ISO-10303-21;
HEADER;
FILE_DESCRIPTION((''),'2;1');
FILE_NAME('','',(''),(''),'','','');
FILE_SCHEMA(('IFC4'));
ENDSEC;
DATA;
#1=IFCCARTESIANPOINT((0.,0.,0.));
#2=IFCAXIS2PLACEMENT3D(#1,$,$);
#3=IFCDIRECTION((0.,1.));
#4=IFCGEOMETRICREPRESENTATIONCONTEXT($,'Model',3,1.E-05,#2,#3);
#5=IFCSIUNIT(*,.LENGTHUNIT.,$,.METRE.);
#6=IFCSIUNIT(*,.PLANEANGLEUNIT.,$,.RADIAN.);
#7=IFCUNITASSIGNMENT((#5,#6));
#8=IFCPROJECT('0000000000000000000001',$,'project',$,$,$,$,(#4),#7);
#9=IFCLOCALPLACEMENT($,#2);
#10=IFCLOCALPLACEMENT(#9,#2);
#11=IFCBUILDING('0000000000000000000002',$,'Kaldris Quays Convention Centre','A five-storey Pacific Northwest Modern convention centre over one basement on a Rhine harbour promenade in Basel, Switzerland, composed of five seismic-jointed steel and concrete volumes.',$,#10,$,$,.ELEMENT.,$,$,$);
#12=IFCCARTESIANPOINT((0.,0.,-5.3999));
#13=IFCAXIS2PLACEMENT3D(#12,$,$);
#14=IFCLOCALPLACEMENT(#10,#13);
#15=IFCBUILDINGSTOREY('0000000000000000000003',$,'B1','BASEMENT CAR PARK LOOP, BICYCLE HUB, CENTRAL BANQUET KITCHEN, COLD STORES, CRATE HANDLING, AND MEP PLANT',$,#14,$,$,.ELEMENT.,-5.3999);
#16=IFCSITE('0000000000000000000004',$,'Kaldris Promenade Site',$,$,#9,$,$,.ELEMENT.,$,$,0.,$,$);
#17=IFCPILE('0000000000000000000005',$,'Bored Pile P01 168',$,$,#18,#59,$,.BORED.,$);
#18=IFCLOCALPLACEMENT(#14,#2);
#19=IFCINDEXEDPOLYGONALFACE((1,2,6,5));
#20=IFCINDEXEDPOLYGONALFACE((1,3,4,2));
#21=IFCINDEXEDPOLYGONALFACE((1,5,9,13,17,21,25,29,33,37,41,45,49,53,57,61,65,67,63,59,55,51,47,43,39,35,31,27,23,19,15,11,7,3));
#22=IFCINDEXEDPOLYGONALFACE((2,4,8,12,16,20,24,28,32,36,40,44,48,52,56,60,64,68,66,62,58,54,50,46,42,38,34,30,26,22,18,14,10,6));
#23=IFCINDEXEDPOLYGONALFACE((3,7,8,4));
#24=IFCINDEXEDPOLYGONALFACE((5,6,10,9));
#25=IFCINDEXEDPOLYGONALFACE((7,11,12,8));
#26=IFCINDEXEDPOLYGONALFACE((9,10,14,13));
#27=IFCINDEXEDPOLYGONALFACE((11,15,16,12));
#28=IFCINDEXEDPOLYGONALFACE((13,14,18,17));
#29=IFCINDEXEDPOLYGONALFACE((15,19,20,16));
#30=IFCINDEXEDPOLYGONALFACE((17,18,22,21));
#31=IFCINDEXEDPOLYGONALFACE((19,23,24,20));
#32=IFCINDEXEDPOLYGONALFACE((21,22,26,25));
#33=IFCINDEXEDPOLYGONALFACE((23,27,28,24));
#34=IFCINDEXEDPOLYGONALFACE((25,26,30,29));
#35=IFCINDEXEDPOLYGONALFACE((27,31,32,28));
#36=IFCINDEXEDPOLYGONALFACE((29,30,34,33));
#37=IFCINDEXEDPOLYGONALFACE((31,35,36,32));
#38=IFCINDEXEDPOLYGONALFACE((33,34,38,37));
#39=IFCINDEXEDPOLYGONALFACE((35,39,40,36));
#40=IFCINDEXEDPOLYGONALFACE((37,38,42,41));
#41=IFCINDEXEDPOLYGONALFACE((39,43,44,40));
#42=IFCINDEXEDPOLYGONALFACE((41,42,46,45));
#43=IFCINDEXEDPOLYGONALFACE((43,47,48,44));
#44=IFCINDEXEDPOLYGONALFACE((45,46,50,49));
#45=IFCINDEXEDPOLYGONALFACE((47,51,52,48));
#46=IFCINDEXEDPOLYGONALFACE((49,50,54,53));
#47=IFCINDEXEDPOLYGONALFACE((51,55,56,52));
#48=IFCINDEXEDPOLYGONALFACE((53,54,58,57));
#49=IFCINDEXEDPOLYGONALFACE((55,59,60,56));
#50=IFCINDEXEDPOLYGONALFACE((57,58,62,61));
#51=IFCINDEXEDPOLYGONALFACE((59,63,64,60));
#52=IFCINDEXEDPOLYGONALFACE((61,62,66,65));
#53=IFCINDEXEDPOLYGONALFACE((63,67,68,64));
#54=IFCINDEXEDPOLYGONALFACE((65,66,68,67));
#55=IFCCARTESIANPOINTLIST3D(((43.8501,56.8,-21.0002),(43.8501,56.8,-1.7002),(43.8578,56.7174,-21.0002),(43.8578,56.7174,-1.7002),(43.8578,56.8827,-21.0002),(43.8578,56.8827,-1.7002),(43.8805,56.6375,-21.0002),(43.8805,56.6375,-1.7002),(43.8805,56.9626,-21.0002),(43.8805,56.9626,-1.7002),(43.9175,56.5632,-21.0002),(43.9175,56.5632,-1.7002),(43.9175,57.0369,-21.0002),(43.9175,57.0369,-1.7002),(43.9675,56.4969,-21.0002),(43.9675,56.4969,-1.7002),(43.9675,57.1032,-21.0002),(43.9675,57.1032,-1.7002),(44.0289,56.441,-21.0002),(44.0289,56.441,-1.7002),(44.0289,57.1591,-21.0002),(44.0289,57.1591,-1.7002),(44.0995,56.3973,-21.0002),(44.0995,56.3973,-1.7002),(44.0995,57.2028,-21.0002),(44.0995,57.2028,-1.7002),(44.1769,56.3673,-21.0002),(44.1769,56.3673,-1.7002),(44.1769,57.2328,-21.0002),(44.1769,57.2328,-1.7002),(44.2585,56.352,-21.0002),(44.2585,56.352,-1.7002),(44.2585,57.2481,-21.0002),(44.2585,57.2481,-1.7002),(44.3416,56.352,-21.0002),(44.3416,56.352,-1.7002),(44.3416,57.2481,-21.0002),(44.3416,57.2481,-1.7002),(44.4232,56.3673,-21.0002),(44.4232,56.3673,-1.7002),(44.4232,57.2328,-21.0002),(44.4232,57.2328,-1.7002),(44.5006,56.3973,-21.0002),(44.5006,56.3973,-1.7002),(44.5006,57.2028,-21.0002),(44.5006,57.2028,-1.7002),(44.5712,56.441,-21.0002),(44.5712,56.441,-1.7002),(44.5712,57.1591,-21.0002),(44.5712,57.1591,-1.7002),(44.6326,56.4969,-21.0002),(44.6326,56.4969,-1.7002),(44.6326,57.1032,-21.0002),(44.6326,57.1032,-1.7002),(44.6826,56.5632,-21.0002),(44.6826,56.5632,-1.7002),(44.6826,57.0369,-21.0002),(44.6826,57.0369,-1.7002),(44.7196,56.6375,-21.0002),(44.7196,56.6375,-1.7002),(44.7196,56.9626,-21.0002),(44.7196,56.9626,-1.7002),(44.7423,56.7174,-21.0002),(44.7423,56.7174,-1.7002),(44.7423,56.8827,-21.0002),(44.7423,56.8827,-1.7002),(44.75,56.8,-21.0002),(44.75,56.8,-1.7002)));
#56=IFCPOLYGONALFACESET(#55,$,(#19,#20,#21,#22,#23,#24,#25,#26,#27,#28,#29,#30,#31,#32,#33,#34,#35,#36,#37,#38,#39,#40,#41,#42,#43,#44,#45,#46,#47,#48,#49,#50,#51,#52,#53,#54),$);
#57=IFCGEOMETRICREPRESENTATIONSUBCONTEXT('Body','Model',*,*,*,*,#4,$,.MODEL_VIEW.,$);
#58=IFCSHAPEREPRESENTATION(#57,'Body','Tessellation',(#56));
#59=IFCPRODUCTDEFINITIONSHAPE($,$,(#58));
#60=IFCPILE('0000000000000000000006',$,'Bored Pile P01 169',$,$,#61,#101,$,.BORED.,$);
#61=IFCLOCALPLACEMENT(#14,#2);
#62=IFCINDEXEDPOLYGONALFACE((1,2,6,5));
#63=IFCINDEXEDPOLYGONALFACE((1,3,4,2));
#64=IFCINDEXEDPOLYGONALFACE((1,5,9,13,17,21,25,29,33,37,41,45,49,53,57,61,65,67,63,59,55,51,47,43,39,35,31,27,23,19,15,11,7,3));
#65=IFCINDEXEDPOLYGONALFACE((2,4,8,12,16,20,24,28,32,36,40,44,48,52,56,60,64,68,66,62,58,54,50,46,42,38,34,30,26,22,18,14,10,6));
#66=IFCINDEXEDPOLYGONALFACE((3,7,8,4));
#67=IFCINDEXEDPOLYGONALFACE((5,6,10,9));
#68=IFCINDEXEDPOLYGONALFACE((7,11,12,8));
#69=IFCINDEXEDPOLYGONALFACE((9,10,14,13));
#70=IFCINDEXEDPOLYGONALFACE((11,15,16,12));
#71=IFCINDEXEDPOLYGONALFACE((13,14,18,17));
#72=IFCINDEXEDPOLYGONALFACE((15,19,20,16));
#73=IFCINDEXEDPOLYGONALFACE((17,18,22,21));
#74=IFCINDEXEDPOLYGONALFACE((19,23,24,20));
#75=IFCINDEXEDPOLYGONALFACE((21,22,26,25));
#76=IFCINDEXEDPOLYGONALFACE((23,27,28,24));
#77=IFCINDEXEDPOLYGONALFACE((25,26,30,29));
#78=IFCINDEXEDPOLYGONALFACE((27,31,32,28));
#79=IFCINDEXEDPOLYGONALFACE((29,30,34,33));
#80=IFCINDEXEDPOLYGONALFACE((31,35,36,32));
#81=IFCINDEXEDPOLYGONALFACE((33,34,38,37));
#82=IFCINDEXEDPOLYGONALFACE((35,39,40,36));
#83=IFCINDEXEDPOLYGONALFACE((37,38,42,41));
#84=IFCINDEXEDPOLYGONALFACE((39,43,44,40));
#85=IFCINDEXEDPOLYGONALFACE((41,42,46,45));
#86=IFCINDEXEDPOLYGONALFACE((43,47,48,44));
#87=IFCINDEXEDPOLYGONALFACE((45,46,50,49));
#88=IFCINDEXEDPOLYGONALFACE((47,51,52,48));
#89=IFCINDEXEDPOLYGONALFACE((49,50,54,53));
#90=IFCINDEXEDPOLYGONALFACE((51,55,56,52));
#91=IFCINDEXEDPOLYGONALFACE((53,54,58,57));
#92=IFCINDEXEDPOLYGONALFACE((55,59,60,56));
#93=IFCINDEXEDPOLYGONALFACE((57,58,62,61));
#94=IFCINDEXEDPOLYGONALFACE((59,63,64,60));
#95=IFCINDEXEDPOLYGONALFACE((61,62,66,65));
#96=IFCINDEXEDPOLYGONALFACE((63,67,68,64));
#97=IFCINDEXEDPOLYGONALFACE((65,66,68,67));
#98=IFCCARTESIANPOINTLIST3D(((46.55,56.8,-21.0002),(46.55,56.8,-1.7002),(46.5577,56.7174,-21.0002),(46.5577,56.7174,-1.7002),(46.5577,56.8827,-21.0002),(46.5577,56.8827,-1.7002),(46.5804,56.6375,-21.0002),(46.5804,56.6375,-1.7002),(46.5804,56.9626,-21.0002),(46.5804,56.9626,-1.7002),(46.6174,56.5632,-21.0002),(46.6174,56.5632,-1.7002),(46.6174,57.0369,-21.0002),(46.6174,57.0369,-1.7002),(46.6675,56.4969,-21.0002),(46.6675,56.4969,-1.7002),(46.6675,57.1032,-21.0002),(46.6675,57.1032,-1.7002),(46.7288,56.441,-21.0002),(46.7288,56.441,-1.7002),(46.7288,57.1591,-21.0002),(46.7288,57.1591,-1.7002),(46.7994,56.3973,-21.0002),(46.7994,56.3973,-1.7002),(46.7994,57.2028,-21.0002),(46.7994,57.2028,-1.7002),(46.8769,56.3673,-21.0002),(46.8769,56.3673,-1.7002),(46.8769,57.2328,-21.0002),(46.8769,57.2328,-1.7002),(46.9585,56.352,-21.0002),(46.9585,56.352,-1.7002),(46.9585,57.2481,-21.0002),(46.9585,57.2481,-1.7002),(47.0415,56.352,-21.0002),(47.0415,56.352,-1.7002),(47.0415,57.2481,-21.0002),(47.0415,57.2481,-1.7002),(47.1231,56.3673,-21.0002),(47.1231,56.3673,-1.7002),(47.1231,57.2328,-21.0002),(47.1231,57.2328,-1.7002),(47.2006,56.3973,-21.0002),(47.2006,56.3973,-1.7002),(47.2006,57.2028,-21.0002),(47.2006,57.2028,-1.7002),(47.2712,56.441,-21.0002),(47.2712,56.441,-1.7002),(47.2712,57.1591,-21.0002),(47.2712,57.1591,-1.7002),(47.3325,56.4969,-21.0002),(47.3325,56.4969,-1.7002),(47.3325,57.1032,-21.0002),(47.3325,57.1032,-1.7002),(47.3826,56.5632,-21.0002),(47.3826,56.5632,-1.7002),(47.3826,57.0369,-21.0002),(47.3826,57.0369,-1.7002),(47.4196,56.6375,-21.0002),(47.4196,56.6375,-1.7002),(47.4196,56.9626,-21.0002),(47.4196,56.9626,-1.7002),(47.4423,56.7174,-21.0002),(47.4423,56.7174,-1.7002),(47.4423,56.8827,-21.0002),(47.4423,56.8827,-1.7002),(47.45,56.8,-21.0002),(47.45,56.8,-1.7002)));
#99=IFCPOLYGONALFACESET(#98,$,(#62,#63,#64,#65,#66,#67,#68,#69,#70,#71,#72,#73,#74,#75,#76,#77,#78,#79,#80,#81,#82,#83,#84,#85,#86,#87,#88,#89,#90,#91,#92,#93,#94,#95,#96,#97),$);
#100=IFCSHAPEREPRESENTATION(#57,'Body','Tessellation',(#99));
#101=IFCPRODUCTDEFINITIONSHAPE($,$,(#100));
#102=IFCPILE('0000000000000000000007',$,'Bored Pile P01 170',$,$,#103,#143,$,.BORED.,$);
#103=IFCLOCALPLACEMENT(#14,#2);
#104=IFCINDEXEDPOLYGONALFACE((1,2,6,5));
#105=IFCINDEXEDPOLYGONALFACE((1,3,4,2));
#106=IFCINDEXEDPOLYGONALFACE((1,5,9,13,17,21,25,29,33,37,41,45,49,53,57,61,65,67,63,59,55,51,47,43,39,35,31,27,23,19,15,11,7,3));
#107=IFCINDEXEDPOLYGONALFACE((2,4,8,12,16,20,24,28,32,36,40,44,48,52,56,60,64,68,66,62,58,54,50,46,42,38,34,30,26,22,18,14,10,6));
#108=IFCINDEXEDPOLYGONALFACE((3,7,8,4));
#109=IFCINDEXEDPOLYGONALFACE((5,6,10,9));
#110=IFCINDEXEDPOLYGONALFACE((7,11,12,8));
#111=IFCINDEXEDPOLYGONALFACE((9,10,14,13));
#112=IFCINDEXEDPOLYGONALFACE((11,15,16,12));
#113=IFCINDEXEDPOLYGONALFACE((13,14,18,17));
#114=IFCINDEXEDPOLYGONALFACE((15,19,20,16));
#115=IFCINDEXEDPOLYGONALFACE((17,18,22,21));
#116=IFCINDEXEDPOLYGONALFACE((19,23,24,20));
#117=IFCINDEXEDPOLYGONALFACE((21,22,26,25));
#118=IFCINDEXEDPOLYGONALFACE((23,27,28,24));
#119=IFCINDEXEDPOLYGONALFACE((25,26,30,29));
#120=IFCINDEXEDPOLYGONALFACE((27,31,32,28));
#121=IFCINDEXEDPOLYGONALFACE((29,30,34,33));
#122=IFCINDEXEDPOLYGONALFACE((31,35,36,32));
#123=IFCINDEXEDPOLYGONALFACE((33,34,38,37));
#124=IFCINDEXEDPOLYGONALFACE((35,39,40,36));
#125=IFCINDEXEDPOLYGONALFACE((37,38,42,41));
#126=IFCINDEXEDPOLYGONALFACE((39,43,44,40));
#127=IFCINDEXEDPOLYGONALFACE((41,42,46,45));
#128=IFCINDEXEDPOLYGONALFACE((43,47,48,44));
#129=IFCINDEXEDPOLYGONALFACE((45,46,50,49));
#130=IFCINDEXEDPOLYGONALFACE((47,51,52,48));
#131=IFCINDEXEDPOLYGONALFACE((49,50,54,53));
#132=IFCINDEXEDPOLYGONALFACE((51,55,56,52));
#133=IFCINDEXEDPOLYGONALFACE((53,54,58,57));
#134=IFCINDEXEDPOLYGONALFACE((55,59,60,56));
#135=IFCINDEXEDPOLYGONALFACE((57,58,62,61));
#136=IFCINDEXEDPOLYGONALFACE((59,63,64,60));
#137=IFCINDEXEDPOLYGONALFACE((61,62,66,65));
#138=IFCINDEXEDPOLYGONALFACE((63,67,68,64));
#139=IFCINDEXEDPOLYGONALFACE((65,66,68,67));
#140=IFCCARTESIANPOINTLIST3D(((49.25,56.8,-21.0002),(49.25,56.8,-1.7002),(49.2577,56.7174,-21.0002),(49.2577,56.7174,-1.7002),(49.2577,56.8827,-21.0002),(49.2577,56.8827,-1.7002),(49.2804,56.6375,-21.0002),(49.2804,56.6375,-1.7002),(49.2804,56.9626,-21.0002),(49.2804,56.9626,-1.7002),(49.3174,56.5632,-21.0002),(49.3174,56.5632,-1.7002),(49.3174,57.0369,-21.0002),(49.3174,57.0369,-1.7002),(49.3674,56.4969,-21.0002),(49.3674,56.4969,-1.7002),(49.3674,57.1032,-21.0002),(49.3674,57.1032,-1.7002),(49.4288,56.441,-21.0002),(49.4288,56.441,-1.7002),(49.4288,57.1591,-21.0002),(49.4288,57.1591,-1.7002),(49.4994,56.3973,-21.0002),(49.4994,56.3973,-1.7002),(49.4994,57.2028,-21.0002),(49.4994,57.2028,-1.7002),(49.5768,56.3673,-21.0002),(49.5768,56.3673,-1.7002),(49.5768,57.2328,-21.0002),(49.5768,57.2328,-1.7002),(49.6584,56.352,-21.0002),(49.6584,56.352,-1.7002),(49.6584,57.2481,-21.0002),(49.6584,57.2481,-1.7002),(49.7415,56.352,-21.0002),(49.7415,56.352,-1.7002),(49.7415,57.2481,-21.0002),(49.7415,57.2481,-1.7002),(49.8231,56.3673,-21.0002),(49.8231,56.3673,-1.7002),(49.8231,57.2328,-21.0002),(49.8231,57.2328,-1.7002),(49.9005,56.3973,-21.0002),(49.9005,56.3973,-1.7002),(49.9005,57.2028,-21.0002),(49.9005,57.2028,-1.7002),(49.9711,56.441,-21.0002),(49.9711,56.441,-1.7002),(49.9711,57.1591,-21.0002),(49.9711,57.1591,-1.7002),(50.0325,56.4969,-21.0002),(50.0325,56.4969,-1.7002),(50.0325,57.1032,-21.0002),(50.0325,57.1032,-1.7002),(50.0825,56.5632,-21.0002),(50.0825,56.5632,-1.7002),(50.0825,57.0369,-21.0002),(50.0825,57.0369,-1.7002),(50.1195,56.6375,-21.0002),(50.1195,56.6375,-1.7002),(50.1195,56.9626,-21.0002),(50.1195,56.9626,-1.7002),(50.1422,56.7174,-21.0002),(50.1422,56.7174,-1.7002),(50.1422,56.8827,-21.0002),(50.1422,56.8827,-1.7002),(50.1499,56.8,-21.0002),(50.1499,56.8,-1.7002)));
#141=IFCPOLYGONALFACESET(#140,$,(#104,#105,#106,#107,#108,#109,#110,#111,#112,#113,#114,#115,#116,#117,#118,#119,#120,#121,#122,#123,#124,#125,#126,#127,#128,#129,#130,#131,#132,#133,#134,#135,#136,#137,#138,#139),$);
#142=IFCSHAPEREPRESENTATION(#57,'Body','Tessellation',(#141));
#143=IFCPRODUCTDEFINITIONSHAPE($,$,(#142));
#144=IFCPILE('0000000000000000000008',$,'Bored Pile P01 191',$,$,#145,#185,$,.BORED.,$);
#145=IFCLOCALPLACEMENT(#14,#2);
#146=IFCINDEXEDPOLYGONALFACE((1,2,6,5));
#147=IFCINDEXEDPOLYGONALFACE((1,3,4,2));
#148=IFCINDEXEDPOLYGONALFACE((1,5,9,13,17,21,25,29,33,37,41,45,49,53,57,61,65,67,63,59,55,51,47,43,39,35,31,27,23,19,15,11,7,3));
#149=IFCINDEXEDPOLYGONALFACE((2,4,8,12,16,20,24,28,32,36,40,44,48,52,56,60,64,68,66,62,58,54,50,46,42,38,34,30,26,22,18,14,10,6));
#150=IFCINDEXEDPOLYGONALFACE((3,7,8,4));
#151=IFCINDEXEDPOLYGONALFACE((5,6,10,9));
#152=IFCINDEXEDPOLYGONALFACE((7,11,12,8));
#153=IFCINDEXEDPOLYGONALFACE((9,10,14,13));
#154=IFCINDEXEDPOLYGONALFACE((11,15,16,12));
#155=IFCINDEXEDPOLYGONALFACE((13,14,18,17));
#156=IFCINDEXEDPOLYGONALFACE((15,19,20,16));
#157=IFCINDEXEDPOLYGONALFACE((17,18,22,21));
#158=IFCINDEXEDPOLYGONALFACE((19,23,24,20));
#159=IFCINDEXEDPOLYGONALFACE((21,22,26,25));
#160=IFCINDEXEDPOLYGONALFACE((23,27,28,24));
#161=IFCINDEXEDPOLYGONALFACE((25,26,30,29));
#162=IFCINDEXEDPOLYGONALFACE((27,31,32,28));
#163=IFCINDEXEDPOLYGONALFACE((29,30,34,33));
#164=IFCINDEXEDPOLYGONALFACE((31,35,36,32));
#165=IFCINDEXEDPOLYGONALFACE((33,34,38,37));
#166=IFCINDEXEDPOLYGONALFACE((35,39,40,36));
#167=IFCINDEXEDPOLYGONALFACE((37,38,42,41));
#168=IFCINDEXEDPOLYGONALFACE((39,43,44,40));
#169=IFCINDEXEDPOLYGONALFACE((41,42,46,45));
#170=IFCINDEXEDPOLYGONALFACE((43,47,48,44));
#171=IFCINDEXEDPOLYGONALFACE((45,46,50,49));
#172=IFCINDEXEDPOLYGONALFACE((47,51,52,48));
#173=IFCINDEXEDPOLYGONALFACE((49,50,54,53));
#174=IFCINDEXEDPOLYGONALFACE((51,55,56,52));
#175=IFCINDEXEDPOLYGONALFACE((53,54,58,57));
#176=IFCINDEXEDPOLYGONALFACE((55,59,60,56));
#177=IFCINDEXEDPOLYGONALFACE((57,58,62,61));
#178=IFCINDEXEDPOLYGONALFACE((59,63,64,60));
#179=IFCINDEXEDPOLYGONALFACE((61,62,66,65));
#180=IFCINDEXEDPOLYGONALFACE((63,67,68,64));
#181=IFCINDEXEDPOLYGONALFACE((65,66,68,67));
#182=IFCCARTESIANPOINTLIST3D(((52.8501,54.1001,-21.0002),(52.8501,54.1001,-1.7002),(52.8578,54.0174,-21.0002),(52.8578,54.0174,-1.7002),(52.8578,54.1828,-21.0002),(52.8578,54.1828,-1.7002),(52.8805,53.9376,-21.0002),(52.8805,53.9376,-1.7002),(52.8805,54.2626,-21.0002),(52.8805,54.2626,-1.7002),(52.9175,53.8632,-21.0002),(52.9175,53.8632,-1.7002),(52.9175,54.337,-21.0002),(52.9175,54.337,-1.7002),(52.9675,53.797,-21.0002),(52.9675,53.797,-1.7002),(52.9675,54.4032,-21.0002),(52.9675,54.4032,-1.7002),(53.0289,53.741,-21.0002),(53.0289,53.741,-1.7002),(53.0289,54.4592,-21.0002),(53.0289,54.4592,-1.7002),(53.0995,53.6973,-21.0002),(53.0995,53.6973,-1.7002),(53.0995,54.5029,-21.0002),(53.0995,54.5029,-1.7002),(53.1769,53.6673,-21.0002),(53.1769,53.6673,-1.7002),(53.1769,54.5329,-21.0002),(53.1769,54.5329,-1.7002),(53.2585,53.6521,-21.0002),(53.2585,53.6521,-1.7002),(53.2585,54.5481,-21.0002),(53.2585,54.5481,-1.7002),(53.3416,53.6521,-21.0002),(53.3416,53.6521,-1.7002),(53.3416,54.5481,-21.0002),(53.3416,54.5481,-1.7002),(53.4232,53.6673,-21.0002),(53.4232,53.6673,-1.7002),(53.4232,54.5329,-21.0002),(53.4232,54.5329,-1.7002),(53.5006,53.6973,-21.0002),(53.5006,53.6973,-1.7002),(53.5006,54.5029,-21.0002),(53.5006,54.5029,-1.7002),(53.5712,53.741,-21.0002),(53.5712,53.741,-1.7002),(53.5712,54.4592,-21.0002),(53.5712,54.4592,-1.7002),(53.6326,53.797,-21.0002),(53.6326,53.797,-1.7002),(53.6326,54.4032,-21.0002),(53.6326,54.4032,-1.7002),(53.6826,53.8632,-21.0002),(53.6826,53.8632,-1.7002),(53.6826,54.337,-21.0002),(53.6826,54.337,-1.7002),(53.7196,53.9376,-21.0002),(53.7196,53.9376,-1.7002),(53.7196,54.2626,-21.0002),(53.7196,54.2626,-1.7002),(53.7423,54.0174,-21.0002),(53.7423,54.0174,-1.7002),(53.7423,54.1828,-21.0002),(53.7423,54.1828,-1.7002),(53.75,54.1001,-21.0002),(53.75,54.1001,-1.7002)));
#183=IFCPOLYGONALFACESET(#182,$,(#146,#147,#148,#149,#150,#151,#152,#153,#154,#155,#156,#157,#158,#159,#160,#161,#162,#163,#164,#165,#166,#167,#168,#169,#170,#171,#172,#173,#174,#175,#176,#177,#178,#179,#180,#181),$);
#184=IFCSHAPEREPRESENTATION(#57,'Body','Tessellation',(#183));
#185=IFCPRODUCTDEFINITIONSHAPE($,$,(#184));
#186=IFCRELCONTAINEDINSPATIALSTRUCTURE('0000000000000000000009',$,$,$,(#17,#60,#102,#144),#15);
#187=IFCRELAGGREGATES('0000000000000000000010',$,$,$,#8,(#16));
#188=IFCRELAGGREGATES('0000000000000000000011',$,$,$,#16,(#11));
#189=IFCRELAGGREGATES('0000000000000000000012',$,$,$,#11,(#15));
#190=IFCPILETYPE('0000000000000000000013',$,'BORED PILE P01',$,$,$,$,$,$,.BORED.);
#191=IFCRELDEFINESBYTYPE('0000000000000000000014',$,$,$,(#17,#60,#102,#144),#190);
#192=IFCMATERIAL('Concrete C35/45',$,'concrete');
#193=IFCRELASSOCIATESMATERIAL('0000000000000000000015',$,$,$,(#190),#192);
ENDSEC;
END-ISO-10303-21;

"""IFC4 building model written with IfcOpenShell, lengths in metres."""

from ifc_helpers import new_model, si_unit, direction, frame, origin, origin_2d, place, context, subcontext, project, spatial, circle, extrude, material, material_profile, profile_set, type_object, element, save


model = new_model("IFC4")

# Units and contexts
model_context = context("Model", 3, precision=1e-05, world=origin(), true_north=direction((0.0, 1.0)))
body_context = subcontext(model_context, "Body", "Model", "MODEL_VIEW")
ifc_project = project(units=[si_unit("LENGTHUNIT", "METRE"), si_unit("PLANEANGLEUNIT", "RADIAN")], contexts=[model_context])

# Site, building, storey
site_placement = place(None, origin())
site = spatial("IfcSite", under=ifc_project, at=site_placement, Name="Kaldris Promenade Site", CompositionType="ELEMENT", RefElevation=0.0)
building_placement = place(site_placement, origin())
building = spatial("IfcBuilding", under=site, at=building_placement, Name="Kaldris Quays Convention Centre", Description="A five-storey Pacific Northwest Modern convention centre over one basement on a Rhine harbour promenade in Basel, Switzerland, composed of five seismic-jointed steel and concrete volumes.", CompositionType="ELEMENT")
storey_placement = place(building_placement, frame((0.0, 0.0, -5.3999)))
storey = spatial("IfcBuildingStorey", under=building, at=storey_placement, Name="B1", Description="BASEMENT CAR PARK LOOP, BICYCLE HUB, CENTRAL BANQUET KITCHEN, COLD STORES, CRATE HANDLING, AND MEP PLANT", CompositionType="ELEMENT", Elevation=-5.3999)

# Piles
ifc_material_1 = material(Name="Concrete C35/45", Category="concrete")
ifc_material_profile_1 = material_profile(ifc_material_1, circle(Radius=0.45, at=origin_2d()), Name="BORED PILE D900")
ifc_profile_set_1 = profile_set([ifc_material_profile_1], Name="Concrete C35/45")
pile_type_1 = type_object("IfcPileType", Name="BORED PILE P01", PredefinedType="BORED", material=ifc_profile_set_1)
for number, where, z_axis, x_axis, name in (
    (1, (44.3, 56.8, -1.7002), (0.0, 0.0, -1.0), (1.0, 0.0, 0.0), "Bored Pile P01 168"),
    (2, (47.0, 56.8, -1.7002), (0.0, 0.0, -1.0), (1.0, 0.0, 0.0), "Bored Pile P01 169"),
    (3, (49.7, 56.8, -1.7002), (0.0, 0.0, -1.0), (1.0, 0.0, 0.0), "Bored Pile P01 170"),
    (4, (53.3, 54.1001, -1.7002), (0.0, 0.0, -1.0), (1.0, 0.0, 0.0), "Bored Pile P01 191"),
):
    element("IfcPile", number, at=place(storey_placement, frame(where, z_axis=z_axis, x_axis=x_axis)), inside=storey, type_object=pile_type_1, Name=name, PredefinedType="BORED", context=body_context, shape_type="SweptSolid", body=[
        extrude(circle(Radius=0.45, at=origin_2d()), origin(), (0.0, 0.0, 1.0), 19.3),
    ])

save(model, "model.ifc")
